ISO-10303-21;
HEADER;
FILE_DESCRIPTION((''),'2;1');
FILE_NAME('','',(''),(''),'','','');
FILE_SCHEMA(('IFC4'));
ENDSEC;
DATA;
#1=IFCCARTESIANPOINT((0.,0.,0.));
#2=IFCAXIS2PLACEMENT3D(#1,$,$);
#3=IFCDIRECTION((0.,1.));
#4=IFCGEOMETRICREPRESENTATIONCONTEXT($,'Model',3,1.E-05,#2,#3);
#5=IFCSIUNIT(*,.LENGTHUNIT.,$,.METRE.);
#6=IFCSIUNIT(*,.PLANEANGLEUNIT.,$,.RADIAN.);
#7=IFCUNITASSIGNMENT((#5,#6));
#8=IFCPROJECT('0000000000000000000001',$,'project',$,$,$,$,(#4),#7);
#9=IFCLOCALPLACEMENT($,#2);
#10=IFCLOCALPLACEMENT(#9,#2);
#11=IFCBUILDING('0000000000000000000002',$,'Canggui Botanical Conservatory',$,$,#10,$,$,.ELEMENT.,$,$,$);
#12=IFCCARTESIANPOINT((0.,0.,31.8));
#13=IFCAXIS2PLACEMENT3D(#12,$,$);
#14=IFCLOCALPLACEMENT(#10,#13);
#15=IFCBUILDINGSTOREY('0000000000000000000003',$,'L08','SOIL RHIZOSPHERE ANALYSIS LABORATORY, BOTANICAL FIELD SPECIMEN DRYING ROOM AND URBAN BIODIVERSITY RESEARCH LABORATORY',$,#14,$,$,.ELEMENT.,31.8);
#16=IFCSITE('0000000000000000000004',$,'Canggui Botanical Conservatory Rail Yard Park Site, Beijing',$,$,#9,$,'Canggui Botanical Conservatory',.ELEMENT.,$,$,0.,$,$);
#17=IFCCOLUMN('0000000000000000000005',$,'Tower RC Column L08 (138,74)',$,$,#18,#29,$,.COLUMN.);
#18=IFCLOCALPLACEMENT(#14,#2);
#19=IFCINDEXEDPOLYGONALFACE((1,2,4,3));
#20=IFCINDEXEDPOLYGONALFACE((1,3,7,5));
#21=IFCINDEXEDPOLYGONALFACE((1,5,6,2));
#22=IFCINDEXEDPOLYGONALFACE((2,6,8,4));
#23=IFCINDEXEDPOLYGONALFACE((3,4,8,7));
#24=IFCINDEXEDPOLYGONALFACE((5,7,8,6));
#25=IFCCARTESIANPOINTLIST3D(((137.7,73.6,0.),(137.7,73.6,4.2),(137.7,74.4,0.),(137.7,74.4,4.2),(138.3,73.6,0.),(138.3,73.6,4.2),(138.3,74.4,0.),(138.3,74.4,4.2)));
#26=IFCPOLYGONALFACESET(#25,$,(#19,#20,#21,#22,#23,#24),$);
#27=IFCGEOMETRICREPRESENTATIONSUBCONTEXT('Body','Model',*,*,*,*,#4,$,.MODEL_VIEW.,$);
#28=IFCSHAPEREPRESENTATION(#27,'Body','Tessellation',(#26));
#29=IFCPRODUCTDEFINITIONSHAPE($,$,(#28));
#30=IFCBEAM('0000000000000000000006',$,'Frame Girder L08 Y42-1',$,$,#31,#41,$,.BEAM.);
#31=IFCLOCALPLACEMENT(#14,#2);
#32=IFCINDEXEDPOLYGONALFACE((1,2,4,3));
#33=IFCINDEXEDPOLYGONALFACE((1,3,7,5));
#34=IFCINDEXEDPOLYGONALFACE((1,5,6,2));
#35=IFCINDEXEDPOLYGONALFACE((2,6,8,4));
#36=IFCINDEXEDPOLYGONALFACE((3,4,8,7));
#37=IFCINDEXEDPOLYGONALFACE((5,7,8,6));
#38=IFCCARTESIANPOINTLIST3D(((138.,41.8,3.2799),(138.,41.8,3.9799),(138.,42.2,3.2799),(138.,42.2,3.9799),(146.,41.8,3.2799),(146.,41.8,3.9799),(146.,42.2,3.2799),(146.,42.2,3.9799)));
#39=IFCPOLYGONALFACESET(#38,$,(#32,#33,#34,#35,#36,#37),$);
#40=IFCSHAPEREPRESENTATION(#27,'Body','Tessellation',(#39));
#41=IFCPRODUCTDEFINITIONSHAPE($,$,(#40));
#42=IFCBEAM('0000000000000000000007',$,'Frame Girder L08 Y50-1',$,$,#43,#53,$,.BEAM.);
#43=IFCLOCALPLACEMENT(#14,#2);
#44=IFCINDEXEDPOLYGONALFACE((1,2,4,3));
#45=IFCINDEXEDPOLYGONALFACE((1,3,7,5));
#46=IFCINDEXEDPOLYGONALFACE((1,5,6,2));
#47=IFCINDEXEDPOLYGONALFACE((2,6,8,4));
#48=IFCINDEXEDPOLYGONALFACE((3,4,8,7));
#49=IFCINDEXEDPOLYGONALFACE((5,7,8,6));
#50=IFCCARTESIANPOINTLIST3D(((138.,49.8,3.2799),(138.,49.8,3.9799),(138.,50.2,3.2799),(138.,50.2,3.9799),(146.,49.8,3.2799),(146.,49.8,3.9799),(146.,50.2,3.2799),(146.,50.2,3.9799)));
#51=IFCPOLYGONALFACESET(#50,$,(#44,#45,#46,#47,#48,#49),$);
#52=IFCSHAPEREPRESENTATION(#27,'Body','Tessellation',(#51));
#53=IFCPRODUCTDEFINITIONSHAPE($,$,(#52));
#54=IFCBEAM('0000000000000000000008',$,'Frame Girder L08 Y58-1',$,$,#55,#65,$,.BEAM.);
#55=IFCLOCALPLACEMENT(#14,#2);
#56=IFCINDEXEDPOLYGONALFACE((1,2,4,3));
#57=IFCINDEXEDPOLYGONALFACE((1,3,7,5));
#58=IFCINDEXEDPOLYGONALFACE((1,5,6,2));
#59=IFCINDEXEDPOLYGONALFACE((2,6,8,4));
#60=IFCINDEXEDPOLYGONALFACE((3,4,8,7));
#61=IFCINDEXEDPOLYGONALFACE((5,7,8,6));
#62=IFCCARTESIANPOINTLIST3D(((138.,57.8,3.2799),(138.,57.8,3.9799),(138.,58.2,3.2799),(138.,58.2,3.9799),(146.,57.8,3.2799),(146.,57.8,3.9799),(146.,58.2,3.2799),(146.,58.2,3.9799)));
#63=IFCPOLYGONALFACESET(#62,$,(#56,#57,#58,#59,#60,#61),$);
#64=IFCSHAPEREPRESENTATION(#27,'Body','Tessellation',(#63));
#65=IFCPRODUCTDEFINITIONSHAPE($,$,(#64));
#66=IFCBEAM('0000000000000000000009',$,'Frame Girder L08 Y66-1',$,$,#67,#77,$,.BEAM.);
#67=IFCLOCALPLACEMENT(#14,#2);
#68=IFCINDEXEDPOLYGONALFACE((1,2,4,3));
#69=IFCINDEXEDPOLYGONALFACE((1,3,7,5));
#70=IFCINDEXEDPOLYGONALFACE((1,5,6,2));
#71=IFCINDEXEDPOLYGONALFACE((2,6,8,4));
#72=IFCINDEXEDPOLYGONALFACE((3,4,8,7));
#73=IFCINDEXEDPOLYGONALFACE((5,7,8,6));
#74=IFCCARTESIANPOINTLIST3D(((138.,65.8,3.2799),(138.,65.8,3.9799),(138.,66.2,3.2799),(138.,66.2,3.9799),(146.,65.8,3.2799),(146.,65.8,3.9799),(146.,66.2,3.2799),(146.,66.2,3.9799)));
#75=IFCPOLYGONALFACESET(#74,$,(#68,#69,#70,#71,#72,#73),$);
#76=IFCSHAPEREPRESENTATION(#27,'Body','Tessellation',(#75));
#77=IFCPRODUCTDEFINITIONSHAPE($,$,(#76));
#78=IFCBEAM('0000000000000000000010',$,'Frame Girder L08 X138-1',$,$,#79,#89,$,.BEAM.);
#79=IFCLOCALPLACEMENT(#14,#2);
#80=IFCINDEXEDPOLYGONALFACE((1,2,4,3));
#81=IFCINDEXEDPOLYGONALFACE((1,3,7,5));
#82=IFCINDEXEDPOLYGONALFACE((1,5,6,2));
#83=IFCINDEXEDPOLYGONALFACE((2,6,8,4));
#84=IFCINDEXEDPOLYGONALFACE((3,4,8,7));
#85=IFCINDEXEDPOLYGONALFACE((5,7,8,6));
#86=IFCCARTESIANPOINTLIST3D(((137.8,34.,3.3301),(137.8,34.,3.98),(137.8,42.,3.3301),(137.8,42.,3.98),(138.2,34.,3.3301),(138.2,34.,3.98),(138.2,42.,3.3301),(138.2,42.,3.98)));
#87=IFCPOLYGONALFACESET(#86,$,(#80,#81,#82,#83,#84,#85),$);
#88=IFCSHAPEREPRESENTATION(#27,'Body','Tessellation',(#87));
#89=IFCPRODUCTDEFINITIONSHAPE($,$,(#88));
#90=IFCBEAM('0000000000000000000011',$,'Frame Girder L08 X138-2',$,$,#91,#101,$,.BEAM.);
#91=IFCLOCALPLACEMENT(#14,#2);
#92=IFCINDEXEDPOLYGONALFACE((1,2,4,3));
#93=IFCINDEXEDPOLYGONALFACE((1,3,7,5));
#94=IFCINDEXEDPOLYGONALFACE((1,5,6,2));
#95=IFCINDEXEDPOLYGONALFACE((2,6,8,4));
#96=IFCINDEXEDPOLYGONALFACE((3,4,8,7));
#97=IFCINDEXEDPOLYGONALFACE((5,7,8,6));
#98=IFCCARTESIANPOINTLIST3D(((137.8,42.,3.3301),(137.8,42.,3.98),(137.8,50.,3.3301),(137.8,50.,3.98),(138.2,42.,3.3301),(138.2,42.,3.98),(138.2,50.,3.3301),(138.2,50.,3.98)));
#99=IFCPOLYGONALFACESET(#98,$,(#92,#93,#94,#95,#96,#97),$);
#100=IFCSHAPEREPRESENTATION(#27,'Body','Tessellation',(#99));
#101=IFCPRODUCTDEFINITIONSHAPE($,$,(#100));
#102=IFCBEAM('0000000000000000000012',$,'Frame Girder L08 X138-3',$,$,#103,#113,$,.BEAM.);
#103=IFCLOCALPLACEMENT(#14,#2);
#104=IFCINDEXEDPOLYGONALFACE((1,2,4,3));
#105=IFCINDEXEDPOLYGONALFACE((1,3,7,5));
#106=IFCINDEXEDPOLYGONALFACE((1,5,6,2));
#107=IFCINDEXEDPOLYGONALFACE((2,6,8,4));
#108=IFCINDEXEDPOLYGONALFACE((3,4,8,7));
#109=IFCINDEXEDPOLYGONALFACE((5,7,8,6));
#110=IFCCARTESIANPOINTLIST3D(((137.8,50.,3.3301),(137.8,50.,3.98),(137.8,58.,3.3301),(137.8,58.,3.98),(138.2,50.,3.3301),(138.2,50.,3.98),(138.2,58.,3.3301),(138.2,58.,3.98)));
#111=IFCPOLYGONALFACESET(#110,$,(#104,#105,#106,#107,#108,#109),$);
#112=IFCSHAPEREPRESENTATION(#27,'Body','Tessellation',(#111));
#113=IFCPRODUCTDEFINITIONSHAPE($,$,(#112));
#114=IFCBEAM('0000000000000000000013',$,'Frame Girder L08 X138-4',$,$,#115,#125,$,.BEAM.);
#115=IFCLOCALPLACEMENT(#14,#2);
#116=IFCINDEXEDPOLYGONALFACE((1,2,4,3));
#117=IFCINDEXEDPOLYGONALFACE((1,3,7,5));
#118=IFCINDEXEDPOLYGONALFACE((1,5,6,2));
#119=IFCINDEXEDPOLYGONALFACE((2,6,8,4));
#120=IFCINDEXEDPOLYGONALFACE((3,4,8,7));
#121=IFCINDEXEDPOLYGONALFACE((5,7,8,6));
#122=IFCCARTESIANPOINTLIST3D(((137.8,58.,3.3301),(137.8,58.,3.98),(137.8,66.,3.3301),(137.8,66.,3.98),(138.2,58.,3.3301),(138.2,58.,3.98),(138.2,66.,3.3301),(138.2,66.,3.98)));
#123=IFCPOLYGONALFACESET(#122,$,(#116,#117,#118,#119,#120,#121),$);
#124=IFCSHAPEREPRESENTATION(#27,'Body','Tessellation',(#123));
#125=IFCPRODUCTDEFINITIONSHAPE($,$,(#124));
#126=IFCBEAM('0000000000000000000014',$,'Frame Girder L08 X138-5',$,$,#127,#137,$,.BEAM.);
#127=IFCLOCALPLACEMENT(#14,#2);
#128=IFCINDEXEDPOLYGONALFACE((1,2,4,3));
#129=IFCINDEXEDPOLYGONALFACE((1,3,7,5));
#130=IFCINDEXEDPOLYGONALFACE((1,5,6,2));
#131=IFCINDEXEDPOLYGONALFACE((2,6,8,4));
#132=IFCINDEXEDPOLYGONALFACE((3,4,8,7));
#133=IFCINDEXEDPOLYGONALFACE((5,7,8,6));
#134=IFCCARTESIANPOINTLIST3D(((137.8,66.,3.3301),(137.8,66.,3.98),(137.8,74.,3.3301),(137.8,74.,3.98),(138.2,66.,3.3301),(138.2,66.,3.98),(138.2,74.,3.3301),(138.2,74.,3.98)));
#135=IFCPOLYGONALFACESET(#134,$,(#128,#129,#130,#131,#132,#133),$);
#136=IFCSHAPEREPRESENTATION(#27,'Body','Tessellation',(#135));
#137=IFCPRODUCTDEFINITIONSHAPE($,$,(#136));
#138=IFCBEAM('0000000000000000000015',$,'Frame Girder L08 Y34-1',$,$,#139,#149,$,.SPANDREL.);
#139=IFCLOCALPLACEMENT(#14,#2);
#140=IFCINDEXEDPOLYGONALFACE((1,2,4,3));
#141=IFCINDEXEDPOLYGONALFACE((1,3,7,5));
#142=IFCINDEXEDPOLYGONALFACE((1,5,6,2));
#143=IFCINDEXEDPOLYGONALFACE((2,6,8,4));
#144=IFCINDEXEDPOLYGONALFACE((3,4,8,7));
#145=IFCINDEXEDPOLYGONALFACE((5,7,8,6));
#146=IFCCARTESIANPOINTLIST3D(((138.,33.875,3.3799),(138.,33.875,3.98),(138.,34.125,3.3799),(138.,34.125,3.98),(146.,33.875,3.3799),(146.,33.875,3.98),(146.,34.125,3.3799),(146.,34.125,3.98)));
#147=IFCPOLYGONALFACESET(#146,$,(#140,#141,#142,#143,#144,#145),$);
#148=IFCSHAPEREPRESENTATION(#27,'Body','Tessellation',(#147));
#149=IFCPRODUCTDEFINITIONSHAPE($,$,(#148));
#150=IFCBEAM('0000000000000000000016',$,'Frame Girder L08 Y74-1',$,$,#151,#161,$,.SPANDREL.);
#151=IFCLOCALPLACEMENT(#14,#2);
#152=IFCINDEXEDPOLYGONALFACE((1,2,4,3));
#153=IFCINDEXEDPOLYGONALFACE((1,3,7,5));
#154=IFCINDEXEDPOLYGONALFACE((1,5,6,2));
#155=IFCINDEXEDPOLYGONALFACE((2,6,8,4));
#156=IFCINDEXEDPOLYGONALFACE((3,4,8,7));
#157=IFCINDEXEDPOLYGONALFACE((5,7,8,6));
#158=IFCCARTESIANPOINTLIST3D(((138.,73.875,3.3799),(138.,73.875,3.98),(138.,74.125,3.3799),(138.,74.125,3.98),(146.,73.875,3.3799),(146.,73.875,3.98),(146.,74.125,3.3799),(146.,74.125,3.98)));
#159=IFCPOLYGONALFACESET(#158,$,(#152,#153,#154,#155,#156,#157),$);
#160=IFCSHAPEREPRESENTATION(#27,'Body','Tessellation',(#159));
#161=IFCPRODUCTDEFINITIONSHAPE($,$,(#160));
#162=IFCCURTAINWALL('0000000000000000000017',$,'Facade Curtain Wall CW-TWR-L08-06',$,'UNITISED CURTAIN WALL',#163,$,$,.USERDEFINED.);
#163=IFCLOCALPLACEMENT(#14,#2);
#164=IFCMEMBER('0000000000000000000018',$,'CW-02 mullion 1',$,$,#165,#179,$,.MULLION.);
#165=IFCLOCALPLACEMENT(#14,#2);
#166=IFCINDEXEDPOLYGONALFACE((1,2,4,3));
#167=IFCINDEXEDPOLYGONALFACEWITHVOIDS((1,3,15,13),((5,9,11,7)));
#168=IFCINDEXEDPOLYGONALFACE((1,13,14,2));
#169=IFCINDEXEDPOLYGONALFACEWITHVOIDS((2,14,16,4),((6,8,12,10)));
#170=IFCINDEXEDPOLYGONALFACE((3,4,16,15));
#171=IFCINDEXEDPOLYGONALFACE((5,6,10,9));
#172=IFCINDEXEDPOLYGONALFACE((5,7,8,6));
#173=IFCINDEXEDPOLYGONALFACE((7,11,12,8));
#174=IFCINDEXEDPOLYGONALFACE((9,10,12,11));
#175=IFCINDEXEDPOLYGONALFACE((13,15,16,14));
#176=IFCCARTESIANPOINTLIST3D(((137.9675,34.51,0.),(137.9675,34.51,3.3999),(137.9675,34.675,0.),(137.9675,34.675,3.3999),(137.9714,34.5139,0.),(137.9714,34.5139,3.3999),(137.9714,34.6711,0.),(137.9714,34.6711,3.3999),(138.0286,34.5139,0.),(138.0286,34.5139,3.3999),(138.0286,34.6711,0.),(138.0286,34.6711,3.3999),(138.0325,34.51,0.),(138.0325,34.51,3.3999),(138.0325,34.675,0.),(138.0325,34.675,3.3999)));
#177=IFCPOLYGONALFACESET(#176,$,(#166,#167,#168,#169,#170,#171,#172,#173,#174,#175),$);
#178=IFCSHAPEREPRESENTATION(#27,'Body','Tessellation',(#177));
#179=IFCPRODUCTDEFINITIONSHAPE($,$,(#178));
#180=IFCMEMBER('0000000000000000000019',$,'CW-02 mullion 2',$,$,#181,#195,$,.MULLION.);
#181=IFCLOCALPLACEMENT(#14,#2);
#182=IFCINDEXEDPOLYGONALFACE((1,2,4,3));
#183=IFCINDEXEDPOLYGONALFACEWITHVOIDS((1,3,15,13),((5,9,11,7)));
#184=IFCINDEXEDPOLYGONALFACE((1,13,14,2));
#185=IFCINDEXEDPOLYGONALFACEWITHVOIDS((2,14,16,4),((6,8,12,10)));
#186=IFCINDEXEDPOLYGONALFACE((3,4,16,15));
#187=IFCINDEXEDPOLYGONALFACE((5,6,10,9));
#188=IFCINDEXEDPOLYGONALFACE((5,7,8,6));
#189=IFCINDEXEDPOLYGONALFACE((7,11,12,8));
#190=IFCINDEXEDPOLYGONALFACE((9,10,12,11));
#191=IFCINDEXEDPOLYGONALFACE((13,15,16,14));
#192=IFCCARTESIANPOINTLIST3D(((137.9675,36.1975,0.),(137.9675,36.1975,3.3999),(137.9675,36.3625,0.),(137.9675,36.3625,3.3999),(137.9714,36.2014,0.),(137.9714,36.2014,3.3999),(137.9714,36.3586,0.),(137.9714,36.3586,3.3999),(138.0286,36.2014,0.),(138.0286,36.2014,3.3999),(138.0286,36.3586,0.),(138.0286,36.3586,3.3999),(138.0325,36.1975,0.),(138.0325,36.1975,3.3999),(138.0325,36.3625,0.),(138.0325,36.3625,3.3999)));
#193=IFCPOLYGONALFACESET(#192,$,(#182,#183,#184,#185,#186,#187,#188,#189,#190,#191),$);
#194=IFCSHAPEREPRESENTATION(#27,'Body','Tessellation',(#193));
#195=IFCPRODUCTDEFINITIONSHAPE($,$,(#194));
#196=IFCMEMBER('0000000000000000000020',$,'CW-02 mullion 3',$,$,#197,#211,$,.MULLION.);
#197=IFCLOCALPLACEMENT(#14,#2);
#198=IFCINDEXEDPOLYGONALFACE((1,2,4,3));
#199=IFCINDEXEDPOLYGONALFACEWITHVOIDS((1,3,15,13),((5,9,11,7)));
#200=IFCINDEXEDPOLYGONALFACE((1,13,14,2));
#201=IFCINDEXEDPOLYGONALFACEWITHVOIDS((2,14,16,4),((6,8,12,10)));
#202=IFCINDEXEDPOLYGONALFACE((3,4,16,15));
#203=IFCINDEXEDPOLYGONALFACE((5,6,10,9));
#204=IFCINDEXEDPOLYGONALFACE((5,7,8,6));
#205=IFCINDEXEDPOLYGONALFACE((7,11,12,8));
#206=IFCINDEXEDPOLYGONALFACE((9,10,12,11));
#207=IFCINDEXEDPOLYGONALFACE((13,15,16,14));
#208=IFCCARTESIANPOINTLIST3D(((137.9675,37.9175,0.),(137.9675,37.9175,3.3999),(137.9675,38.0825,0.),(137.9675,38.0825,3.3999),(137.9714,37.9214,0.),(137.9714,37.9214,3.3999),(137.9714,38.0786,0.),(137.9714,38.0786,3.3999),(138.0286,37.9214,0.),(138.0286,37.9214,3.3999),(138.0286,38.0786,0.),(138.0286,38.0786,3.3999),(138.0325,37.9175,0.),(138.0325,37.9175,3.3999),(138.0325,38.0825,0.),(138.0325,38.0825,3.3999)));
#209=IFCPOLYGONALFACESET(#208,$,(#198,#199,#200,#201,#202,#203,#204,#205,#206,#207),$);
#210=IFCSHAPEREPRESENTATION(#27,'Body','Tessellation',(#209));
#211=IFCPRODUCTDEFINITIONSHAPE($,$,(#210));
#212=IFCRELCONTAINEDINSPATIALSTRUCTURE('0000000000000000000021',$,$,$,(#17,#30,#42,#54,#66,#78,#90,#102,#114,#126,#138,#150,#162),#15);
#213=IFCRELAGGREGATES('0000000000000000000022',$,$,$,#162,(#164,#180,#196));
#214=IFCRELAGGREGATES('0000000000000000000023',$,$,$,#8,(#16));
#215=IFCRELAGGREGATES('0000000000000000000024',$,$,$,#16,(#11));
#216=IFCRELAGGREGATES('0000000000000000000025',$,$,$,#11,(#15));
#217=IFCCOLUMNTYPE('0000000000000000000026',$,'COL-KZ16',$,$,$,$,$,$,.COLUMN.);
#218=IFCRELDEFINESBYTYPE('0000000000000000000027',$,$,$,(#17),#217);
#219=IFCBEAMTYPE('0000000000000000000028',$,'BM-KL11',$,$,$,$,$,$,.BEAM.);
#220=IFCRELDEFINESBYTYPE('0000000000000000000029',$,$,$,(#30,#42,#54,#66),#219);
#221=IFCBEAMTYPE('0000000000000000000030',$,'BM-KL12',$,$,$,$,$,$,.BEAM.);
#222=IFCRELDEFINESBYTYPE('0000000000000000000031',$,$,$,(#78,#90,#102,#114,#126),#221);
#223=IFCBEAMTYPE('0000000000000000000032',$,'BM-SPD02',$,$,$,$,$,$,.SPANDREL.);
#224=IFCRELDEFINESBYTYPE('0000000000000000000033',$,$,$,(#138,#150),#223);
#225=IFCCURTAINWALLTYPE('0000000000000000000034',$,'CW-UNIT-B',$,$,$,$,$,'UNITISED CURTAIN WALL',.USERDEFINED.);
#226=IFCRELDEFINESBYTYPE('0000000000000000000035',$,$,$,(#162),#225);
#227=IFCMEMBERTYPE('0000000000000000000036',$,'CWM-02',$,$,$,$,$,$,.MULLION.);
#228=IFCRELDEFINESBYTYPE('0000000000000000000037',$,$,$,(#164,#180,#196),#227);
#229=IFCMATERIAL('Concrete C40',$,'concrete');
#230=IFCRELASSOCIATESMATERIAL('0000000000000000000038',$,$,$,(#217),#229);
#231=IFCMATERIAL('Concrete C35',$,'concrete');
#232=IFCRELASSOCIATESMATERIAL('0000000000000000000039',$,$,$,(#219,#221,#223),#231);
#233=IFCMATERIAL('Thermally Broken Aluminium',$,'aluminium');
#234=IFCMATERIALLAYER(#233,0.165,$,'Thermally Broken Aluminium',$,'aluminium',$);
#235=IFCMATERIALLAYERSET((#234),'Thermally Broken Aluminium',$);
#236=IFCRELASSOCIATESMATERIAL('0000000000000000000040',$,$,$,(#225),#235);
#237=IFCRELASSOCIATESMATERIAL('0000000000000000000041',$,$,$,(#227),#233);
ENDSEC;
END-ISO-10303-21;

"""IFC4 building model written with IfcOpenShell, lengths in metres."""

from ifc_helpers import new_model, si_unit, direction, frame, origin, origin_2d, place, context, subcontext, project, spatial, rectangle, hollow_rectangle, extrude, material, layer, layer_set, material_profile, profile_set, type_object, element, aggregate, save


model = new_model("IFC4")

# Units and contexts
model_context = context("Model", 3, precision=1e-05, world=origin(), true_north=direction((0.0, 1.0)))
body_context = subcontext(model_context, "Body", "Model", "MODEL_VIEW")
ifc_project = project(units=[si_unit("LENGTHUNIT", "METRE"), si_unit("PLANEANGLEUNIT", "RADIAN")], contexts=[model_context])

# Site, building, storey
site_placement = place(None, origin())
site = spatial("IfcSite", under=ifc_project, at=site_placement, Name="Canggui Botanical Conservatory Rail Yard Park Site, Beijing", LongName="Canggui Botanical Conservatory", CompositionType="ELEMENT", RefElevation=0.0)
building_placement = place(site_placement, origin())
building = spatial("IfcBuilding", under=site, at=building_placement, Name="Canggui Botanical Conservatory", CompositionType="ELEMENT")
storey_placement = place(building_placement, frame((0.0, 0.0, 31.8)))
storey = spatial("IfcBuildingStorey", under=building, at=storey_placement, Name="L08", Description="SOIL RHIZOSPHERE ANALYSIS LABORATORY, BOTANICAL FIELD SPECIMEN DRYING ROOM AND URBAN BIODIVERSITY RESEARCH LABORATORY", CompositionType="ELEMENT", Elevation=31.8)

# Column
ifc_material_1 = material(Name="Concrete C40", Category="concrete")
ifc_material_profile_1 = material_profile(ifc_material_1, rectangle(XDim=0.6001, YDim=0.8, at=origin_2d()), Name="RC 600x800")
ifc_profile_set_1 = profile_set([ifc_material_profile_1], Name="Concrete C40")
column_type = type_object("IfcColumnType", Name="COL-KZ16", PredefinedType="COLUMN", material=ifc_profile_set_1)
column_placement = place(storey_placement, frame((138.0, 74.0, 0.0), z_axis=(0.0, 0.0, 1.0), x_axis=(1.0, 0.0, 0.0)))
element("IfcColumn", 1, at=column_placement, inside=storey, type_object=column_type, Name="Tower RC Column L08 (138,74)", PredefinedType="COLUMN", context=body_context, shape_type="SweptSolid", body=[
    extrude(rectangle(XDim=0.6001, YDim=0.8, at=origin_2d()), origin(), (0.0, 0.0, 1.0), 4.2),
])

# Beams
ifc_material_2 = material(Name="Concrete C35", Category="concrete")
ifc_material_profile_2 = material_profile(ifc_material_2, rectangle(XDim=0.3999, YDim=0.7, at=origin_2d()), Name="RB 400x700")
ifc_profile_set_2 = profile_set([ifc_material_profile_2], Name="Concrete C35")
beam_type_1 = type_object("IfcBeamType", Name="BM-KL11", PredefinedType="BEAM", material=ifc_profile_set_2)
for number, where, z_axis, x_axis, name in (
    (2, (138.0, 42.0, 3.6299), (1.0, 0.0, 0.0), (0.0, 1.0, 0.0), "Frame Girder L08 Y42-1"),
    (3, (138.0, 50.0, 3.6299), (1.0, 0.0, 0.0), (0.0, 1.0, 0.0), "Frame Girder L08 Y50-1"),
    (4, (138.0, 58.0, 3.6299), (1.0, 0.0, 0.0), (0.0, 1.0, 0.0), "Frame Girder L08 Y58-1"),
    (5, (138.0, 66.0, 3.6299), (1.0, 0.0, 0.0), (0.0, 1.0, 0.0), "Frame Girder L08 Y66-1"),
):
    element("IfcBeam", number, at=place(storey_placement, frame(where, z_axis=z_axis, x_axis=x_axis)), inside=storey, type_object=beam_type_1, Name=name, PredefinedType="BEAM", context=body_context, shape_type="SweptSolid", body=[
        extrude(rectangle(XDim=0.3999, YDim=0.7, at=origin_2d()), origin(), (0.0, 0.0, 1.0), 8.0),
    ])
ifc_material_profile_3 = material_profile(ifc_material_2, rectangle(XDim=0.3999, YDim=0.6499, at=origin_2d()), Name="RB 400x650")
ifc_profile_set_3 = profile_set([ifc_material_profile_3], Name="Concrete C35")
beam_type_2 = type_object("IfcBeamType", Name="BM-KL12", PredefinedType="BEAM", material=ifc_profile_set_3)
for number, where, z_axis, x_axis, name in (
    (6, (138.0, 34.0, 3.655), (0.0, 1.0, 0.0), (-1.0, 0.0, 0.0), "Frame Girder L08 X138-1"),
    (7, (138.0, 42.0, 3.655), (0.0, 1.0, 0.0), (-1.0, 0.0, 0.0), "Frame Girder L08 X138-2"),
    (8, (138.0, 50.0, 3.655), (0.0, 1.0, 0.0), (-1.0, 0.0, 0.0), "Frame Girder L08 X138-3"),
    (9, (138.0, 58.0, 3.655), (0.0, 1.0, 0.0), (-1.0, 0.0, 0.0), "Frame Girder L08 X138-4"),
    (10, (138.0, 66.0, 3.655), (0.0, 1.0, 0.0), (-1.0, 0.0, 0.0), "Frame Girder L08 X138-5"),
):
    element("IfcBeam", number, at=place(storey_placement, frame(where, z_axis=z_axis, x_axis=x_axis)), inside=storey, type_object=beam_type_2, Name=name, PredefinedType="BEAM", context=body_context, shape_type="SweptSolid", body=[
        extrude(rectangle(XDim=0.3999, YDim=0.6499, at=origin_2d()), origin(), (0.0, 0.0, 1.0), 8.0),
    ])
ifc_material_profile_4 = material_profile(ifc_material_2, rectangle(XDim=0.25, YDim=0.6001, at=origin_2d()), Name="RB 250x600")
ifc_profile_set_4 = profile_set([ifc_material_profile_4], Name="Concrete C35")
beam_type_3 = type_object("IfcBeamType", Name="BM-SPD02", PredefinedType="SPANDREL", material=ifc_profile_set_4)
for number, where, z_axis, x_axis, name in (
    (11, (138.0, 34.0, 3.6799), (1.0, 0.0, 0.0), (0.0, 1.0, 0.0), "Frame Girder L08 Y34-1"),
    (12, (138.0, 74.0, 3.6799), (1.0, 0.0, 0.0), (0.0, 1.0, 0.0), "Frame Girder L08 Y74-1"),
):
    element("IfcBeam", number, at=place(storey_placement, frame(where, z_axis=z_axis, x_axis=x_axis)), inside=storey, type_object=beam_type_3, Name=name, PredefinedType="SPANDREL", context=body_context, shape_type="SweptSolid", body=[
        extrude(rectangle(XDim=0.25, YDim=0.6001, at=origin_2d()), origin(), (0.0, 0.0, 1.0), 8.0),
    ])

# Curtain wall, members
ifc_material_3 = material(Name="Thermally Broken Aluminium", Category="aluminium")
ifc_layer_1 = layer(ifc_material_3, 0.165, Name="Thermally Broken Aluminium", Category="aluminium")
ifc_layer_set_1 = layer_set([ifc_layer_1], Name="Thermally Broken Aluminium")
curtain_wall_type = type_object("IfcCurtainWallType", Name="CW-UNIT-B", ElementType="UNITISED CURTAIN WALL", PredefinedType="USERDEFINED", material=ifc_layer_set_1)
curtain_wall_placement = place(storey_placement, origin())
curtain_wall = element("IfcCurtainWall", 13, at=curtain_wall_placement, inside=storey, type_object=curtain_wall_type, Name="Facade Curtain Wall CW-TWR-L08-06", ObjectType="UNITISED CURTAIN WALL", PredefinedType="USERDEFINED")
ifc_material_profile_5 = material_profile(ifc_material_3, hollow_rectangle(XDim=0.0649, YDim=0.165, WallThickness=0.0039, at=origin_2d()), Name="CWM 65x165x4")
ifc_profile_set_5 = profile_set([ifc_material_profile_5], Name="Thermally Broken Aluminium")
member_type_1 = type_object("IfcMemberType", Name="CWM-02", PredefinedType="MULLION", material=ifc_profile_set_5)
member_1_placement = place(storey_placement, frame((138.0, 34.5925, 0.0), z_axis=(0.0, 0.0, 1.0), x_axis=(-1.0, 0.0, 0.0)))
member_1 = element("IfcMember", 14, at=member_1_placement, type_object=member_type_1, Name="CW-02 mullion 1", PredefinedType="MULLION", context=body_context, shape_type="SweptSolid", body=[
    extrude(hollow_rectangle(XDim=0.0649, YDim=0.165, WallThickness=0.0039, at=origin_2d()), origin(), (0.0, 0.0, 1.0), 3.3999),
])
member_2_placement = place(storey_placement, frame((138.0, 36.28, 0.0), z_axis=(0.0, 0.0, 1.0), x_axis=(-1.0, 0.0, 0.0)))
member_2 = element("IfcMember", 15, at=member_2_placement, type_object=member_type_1, Name="CW-02 mullion 2", PredefinedType="MULLION", context=body_context, shape_type="SweptSolid", body=[
    extrude(hollow_rectangle(XDim=0.0649, YDim=0.165, WallThickness=0.0039, at=origin_2d()), origin(), (0.0, 0.0, 1.0), 3.3999),
])
member_3_placement = place(storey_placement, frame((138.0, 38.0, 0.0), z_axis=(0.0, 0.0, 1.0), x_axis=(-1.0, 0.0, 0.0)))
member_3 = element("IfcMember", 16, at=member_3_placement, type_object=member_type_1, Name="CW-02 mullion 3", PredefinedType="MULLION", context=body_context, shape_type="SweptSolid", body=[
    extrude(hollow_rectangle(XDim=0.0649, YDim=0.165, WallThickness=0.0039, at=origin_2d()), origin(), (0.0, 0.0, 1.0), 3.3999),
])
aggregate(curtain_wall, [member_1, member_2, member_3])

save(model, "model.ifc")
